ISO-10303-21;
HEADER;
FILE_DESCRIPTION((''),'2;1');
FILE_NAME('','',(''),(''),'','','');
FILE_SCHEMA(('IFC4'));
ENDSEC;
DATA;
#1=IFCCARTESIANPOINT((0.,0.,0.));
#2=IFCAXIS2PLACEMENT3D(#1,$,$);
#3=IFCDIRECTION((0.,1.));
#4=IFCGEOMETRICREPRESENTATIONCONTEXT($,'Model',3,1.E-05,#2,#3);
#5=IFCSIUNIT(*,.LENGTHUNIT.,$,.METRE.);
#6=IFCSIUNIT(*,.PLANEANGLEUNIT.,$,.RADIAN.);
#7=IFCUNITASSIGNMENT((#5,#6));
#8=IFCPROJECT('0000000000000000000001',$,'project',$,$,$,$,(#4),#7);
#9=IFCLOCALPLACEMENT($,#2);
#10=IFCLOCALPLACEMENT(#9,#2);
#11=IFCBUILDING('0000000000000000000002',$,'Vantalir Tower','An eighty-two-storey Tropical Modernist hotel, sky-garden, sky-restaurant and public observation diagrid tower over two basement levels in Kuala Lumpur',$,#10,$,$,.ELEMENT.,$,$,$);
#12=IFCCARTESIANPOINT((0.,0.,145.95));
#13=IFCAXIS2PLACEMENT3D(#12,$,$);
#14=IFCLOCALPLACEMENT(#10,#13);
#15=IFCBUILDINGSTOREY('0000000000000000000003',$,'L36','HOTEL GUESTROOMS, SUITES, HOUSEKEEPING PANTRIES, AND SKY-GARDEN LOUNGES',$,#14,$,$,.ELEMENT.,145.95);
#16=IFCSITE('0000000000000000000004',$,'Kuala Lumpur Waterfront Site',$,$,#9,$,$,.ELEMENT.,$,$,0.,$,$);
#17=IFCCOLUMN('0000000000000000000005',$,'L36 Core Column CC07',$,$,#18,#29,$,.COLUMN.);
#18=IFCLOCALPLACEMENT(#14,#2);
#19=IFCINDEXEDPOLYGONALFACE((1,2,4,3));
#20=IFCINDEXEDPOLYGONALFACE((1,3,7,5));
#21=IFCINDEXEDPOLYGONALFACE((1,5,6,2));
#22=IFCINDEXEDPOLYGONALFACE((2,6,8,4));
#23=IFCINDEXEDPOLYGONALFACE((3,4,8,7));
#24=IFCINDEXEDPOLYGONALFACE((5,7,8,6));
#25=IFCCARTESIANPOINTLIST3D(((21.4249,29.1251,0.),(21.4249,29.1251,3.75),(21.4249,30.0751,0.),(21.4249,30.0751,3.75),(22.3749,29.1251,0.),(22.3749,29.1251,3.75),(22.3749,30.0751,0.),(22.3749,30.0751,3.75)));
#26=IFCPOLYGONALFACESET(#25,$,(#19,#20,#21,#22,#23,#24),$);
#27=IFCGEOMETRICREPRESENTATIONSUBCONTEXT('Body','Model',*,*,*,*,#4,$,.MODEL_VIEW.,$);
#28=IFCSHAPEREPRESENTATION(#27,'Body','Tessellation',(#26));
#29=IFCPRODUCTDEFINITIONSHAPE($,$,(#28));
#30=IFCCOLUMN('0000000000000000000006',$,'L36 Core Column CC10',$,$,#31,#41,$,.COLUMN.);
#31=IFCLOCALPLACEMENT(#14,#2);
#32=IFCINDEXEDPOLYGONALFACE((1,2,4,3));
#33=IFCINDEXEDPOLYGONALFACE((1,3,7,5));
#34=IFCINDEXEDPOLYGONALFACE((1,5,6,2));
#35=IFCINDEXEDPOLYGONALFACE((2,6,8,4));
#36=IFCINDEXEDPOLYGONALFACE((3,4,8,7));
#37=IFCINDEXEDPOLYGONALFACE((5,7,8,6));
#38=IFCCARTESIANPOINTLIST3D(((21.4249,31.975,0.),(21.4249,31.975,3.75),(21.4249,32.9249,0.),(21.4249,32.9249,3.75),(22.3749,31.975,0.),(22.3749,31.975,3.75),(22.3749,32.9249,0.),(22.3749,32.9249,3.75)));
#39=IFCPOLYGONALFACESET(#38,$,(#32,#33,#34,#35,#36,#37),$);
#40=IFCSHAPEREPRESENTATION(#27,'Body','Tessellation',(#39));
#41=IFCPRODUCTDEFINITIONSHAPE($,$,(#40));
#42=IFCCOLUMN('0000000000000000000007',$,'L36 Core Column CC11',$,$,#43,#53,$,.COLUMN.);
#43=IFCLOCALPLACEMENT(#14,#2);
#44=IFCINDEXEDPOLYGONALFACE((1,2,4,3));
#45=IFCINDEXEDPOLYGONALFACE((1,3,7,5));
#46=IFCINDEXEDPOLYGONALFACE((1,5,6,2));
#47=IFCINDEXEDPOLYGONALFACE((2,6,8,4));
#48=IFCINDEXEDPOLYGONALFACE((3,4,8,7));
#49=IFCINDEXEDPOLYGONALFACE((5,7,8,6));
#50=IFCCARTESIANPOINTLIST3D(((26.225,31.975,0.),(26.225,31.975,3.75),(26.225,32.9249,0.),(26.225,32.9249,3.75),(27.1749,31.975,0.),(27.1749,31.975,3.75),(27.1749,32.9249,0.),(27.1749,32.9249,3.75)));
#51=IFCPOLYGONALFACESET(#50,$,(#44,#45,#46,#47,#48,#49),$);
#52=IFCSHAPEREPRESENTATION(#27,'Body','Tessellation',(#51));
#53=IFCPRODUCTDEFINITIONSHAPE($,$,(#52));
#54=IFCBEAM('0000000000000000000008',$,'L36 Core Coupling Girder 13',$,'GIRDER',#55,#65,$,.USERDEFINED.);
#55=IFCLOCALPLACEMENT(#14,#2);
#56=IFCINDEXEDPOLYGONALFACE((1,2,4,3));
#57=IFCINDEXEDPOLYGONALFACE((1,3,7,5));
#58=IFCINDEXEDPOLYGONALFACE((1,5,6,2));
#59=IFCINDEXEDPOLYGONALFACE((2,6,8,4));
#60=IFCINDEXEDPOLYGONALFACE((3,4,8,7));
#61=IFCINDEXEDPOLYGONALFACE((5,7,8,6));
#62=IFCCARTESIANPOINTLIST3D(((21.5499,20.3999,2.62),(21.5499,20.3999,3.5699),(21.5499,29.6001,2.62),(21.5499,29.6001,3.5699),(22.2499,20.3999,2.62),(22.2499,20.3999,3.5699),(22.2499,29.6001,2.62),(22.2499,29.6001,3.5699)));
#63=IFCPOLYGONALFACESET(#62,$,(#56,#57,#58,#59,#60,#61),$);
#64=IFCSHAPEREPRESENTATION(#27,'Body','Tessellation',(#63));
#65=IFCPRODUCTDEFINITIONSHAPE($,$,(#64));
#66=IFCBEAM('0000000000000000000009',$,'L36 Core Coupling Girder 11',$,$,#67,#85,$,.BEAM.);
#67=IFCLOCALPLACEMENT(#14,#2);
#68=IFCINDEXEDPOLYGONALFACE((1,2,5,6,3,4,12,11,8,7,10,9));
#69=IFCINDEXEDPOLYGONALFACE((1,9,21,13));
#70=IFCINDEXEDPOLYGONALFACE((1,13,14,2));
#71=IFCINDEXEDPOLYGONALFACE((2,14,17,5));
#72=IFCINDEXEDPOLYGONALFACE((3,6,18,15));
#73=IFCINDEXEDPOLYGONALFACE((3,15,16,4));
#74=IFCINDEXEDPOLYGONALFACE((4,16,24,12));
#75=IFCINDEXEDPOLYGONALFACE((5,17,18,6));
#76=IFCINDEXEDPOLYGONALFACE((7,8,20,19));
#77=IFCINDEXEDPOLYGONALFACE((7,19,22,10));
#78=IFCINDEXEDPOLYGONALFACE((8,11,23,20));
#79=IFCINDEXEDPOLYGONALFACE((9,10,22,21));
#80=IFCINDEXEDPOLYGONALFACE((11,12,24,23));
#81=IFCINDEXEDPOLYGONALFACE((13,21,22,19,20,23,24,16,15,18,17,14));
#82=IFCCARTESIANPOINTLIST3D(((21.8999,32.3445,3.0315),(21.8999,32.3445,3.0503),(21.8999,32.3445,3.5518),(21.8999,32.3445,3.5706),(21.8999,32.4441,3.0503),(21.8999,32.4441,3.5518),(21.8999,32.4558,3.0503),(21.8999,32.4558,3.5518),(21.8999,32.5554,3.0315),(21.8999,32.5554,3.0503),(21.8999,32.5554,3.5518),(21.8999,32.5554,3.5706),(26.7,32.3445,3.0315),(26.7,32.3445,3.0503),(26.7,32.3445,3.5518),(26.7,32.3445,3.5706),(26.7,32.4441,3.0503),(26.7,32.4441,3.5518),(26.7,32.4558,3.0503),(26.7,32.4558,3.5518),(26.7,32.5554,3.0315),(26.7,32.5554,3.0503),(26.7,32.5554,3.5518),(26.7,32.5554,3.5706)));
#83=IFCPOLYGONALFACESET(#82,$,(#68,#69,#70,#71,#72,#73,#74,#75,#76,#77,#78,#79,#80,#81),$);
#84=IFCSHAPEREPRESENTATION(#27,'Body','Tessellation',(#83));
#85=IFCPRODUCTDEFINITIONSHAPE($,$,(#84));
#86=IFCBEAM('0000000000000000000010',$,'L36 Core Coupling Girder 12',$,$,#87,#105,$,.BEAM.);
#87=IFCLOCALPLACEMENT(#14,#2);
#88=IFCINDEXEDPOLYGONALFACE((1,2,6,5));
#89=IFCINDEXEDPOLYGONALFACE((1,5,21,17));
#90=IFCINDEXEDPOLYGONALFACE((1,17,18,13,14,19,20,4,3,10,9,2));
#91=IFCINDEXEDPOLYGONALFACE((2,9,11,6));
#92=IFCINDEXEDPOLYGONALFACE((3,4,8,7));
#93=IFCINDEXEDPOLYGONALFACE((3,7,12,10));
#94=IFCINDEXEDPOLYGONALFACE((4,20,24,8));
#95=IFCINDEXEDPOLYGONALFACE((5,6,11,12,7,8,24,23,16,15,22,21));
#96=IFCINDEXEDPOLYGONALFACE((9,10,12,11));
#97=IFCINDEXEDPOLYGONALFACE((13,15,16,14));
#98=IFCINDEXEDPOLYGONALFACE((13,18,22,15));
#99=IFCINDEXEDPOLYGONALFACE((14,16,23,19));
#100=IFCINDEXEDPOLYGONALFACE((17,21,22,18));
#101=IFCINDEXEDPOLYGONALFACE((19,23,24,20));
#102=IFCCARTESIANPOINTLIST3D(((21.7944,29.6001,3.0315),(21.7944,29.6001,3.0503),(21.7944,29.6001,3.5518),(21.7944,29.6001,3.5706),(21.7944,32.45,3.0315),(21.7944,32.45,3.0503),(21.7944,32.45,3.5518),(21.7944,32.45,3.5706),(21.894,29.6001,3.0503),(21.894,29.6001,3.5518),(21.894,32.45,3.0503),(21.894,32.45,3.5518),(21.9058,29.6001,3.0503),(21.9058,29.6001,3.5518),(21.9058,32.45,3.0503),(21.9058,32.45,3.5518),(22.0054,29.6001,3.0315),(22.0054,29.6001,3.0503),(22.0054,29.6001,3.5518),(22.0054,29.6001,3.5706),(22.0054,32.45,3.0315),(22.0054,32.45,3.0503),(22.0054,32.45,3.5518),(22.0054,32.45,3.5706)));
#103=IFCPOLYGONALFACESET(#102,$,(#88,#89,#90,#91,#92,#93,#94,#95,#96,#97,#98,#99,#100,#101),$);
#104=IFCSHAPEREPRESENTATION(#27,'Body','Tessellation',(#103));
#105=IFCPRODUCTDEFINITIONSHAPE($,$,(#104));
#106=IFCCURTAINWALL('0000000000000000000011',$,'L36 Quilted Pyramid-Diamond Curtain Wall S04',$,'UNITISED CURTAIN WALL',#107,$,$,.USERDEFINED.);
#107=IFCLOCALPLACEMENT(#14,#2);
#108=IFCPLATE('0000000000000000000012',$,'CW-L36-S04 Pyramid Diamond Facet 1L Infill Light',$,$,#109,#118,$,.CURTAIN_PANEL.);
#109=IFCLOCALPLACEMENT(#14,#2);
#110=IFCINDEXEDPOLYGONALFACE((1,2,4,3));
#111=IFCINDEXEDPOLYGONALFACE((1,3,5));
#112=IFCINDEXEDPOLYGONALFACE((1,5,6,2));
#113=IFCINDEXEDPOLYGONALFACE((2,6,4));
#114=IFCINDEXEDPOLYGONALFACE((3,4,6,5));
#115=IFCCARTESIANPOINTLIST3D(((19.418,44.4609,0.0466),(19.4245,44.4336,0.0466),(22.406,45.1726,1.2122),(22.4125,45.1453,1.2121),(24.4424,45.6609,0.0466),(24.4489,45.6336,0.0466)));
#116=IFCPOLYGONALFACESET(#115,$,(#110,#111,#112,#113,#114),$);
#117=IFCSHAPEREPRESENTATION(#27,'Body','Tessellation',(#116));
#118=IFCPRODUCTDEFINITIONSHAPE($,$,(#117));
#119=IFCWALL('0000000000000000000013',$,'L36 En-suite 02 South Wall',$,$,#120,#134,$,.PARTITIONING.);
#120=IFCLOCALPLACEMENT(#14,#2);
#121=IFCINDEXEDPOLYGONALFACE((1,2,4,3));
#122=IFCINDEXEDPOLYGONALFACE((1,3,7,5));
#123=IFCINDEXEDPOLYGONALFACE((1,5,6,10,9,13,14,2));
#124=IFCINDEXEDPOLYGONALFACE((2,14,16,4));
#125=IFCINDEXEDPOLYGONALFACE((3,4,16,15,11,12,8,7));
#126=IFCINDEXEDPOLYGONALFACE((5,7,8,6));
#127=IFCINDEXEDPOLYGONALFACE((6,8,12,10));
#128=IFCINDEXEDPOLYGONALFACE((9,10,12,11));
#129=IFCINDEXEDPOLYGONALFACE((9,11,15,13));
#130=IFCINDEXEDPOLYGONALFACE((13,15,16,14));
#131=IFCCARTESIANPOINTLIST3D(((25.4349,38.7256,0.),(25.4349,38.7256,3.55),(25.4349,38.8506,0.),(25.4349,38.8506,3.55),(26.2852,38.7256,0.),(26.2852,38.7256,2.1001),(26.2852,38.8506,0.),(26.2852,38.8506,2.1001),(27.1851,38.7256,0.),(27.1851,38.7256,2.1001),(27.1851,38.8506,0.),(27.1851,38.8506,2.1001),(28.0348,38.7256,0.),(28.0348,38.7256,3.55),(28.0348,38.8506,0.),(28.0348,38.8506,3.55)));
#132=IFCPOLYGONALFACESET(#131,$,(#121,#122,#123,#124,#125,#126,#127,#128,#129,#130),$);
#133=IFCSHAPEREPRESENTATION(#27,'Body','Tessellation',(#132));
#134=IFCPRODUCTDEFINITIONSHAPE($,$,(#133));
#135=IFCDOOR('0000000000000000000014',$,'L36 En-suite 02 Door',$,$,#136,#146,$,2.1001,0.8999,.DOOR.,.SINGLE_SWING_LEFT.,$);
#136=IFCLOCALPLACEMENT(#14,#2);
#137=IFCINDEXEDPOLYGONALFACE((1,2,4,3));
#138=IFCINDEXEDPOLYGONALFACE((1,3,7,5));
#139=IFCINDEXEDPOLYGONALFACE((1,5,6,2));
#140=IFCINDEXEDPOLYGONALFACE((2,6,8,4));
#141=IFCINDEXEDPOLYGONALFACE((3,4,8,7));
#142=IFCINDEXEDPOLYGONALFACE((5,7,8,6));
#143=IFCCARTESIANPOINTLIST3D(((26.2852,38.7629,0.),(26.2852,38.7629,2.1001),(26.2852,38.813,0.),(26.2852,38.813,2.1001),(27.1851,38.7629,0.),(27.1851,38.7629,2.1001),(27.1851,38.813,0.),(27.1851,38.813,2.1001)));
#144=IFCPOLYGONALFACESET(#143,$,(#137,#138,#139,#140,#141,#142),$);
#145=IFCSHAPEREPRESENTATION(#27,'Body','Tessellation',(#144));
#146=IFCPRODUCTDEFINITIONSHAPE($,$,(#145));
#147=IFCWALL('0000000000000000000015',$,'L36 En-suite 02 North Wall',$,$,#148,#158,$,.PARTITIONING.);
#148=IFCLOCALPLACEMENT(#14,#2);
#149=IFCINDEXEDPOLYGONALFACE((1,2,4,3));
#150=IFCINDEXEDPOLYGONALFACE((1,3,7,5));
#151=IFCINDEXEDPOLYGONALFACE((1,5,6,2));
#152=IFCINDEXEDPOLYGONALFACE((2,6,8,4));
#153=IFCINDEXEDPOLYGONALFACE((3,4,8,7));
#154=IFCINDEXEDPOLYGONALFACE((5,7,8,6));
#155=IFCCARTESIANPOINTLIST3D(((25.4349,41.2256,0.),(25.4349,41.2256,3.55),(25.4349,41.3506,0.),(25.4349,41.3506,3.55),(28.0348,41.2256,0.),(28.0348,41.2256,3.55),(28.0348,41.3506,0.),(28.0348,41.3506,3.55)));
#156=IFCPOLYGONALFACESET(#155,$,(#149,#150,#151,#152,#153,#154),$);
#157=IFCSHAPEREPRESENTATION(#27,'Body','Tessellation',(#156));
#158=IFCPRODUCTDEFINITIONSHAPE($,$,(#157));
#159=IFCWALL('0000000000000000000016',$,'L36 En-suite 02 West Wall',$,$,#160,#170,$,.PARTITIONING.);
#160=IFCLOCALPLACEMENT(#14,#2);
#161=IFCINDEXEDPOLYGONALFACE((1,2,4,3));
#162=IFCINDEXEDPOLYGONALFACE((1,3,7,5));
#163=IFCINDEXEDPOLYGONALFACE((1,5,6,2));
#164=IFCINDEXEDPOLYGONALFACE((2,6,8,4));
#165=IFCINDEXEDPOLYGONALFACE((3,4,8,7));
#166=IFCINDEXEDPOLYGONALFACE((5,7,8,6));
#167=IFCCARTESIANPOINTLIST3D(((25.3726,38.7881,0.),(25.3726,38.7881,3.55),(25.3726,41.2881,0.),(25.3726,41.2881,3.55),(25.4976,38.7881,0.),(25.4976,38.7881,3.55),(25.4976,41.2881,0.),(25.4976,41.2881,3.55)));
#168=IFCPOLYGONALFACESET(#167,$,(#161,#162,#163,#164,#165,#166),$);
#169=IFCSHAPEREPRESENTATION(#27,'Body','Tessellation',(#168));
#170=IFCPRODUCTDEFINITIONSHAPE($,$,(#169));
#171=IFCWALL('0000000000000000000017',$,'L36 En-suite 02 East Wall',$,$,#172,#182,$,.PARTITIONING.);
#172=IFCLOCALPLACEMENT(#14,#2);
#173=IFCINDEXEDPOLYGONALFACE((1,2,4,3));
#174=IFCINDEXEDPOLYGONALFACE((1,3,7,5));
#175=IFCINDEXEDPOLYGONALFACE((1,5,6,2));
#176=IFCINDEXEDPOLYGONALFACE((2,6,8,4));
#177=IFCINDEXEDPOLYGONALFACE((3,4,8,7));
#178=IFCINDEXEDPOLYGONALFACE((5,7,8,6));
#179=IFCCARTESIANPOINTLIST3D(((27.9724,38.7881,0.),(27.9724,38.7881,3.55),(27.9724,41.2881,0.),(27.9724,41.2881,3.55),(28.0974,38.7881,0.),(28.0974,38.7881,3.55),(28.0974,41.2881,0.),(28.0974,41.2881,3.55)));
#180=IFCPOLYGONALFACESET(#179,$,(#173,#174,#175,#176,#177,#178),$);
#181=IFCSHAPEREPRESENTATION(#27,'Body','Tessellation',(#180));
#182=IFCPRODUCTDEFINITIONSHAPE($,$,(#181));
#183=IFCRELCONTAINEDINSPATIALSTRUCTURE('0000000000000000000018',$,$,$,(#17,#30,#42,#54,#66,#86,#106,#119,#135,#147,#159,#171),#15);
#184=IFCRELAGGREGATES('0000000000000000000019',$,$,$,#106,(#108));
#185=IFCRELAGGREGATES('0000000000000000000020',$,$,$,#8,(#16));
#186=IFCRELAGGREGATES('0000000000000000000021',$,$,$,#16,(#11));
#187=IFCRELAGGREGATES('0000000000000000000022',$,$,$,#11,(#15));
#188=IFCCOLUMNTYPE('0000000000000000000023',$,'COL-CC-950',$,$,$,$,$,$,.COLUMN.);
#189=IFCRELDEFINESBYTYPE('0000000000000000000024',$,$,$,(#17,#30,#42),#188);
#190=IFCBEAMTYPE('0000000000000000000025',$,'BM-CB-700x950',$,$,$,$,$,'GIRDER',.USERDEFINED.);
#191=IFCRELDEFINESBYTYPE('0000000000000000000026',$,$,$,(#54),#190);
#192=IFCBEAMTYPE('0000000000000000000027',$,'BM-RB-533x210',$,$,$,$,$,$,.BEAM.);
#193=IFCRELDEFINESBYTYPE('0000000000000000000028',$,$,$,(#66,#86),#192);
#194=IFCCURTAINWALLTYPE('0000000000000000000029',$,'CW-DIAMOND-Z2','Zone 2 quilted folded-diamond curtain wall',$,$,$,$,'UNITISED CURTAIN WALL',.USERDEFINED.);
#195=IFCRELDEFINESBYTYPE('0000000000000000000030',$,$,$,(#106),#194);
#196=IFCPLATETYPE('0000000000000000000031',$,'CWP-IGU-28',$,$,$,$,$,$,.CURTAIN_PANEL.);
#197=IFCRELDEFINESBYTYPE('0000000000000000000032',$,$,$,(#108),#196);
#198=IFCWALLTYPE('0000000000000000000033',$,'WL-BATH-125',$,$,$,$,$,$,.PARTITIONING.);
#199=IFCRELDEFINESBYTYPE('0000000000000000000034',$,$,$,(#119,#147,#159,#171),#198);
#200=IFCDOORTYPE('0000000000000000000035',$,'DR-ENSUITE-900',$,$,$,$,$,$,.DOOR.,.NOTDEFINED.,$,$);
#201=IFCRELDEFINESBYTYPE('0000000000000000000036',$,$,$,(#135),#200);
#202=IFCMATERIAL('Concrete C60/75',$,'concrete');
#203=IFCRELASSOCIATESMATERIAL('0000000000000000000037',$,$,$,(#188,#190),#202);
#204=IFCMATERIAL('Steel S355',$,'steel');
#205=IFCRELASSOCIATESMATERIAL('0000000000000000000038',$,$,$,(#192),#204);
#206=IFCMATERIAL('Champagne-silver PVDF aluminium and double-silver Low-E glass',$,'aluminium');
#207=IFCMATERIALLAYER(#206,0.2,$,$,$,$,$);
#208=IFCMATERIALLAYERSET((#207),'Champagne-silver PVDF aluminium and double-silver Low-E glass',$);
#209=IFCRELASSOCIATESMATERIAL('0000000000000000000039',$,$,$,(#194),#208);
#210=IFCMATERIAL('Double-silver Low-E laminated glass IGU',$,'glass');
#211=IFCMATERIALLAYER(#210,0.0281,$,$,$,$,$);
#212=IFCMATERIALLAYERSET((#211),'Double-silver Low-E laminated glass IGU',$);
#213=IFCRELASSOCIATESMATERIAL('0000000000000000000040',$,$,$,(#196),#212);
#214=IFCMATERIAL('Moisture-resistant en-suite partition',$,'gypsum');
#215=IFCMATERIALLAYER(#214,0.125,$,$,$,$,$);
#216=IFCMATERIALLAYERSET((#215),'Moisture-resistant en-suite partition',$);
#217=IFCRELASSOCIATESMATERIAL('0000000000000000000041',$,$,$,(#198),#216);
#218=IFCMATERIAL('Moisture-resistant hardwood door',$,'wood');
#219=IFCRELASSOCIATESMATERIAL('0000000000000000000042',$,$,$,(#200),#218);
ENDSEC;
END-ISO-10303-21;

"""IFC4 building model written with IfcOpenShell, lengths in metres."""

from ifc_helpers import new_model, si_unit, direction, frame, frame_2d, origin, origin_2d, place, context, subcontext, project, spatial, polyline, rectangle, i_section, outline, extrude, material, layer, layer_set, material_profile, profile_set, type_object, element, fill, aggregate, save


model = new_model("IFC4")

# Units and contexts
model_context = context("Model", 3, precision=1e-05, world=origin(), true_north=direction((0.0, 1.0)))
body_context = subcontext(model_context, "Body", "Model", "MODEL_VIEW")
ifc_project = project(units=[si_unit("LENGTHUNIT", "METRE"), si_unit("PLANEANGLEUNIT", "RADIAN")], contexts=[model_context])

# Site, building, storey
site_placement = place(None, origin())
site = spatial("IfcSite", under=ifc_project, at=site_placement, Name="Kuala Lumpur Waterfront Site", CompositionType="ELEMENT", RefElevation=0.0)
building_placement = place(site_placement, origin())
building = spatial("IfcBuilding", under=site, at=building_placement, Name="Vantalir Tower", Description="An eighty-two-storey Tropical Modernist hotel, sky-garden, sky-restaurant and public observation diagrid tower over two basement levels in Kuala Lumpur", CompositionType="ELEMENT")
storey_placement = place(building_placement, frame((0.0, 0.0, 145.95)))
storey = spatial("IfcBuildingStorey", under=building, at=storey_placement, Name="L36", Description="HOTEL GUESTROOMS, SUITES, HOUSEKEEPING PANTRIES, AND SKY-GARDEN LOUNGES", CompositionType="ELEMENT", Elevation=145.95)

# Columns
ifc_material_1 = material(Name="Concrete C60/75", Category="concrete")
ifc_material_profile_1 = material_profile(ifc_material_1, rectangle(XDim=0.95, YDim=0.95, at=origin_2d()), Name="Concrete C60/75")
ifc_profile_set_1 = profile_set([ifc_material_profile_1], Name="Concrete C60/75")
column_type = type_object("IfcColumnType", Name="COL-CC-950", PredefinedType="COLUMN", material=ifc_profile_set_1)
for number, where, z_axis, x_axis, name in (
    (1, (21.8999, 29.6001, 0.0), (0.0, 0.0, 1.0), (1.0, 0.0, 0.0), "L36 Core Column CC07"),
    (2, (21.8999, 32.45, 0.0), (0.0, 0.0, 1.0), (1.0, 0.0, 0.0), "L36 Core Column CC10"),
    (3, (26.7, 32.45, 0.0), (0.0, 0.0, 1.0), (1.0, 0.0, 0.0), "L36 Core Column CC11"),
):
    element("IfcColumn", number, at=place(storey_placement, frame(where, z_axis=z_axis, x_axis=x_axis)), inside=storey, type_object=column_type, Name=name, PredefinedType="COLUMN", context=body_context, shape_type="SweptSolid", body=[
        extrude(rectangle(XDim=0.95, YDim=0.95, at=origin_2d()), origin(), (0.0, 0.0, 1.0), 3.75),
    ])

# Beams
ifc_material_profile_2 = material_profile(ifc_material_1, rectangle(XDim=0.7, YDim=0.95, at=origin_2d()), Name="Concrete C60/75")
ifc_profile_set_2 = profile_set([ifc_material_profile_2], Name="Concrete C60/75")
beam_type_1 = type_object("IfcBeamType", Name="BM-CB-700x950", ElementType="GIRDER", PredefinedType="USERDEFINED", material=ifc_profile_set_2)
beam_1_placement = place(storey_placement, frame((21.8999, 29.6001, 3.095), z_axis=(0.0, -1.0, 0.0), x_axis=(1.0, 0.0, 0.0)))
element("IfcBeam", 4, at=beam_1_placement, inside=storey, type_object=beam_type_1, Name="L36 Core Coupling Girder 13", ObjectType="GIRDER", PredefinedType="USERDEFINED", context=body_context, shape_type="SweptSolid", body=[
    extrude(rectangle(XDim=0.7, YDim=0.95, at=origin_2d()), origin(), (0.0, 0.0, 1.0), 9.2002),
])
ifc_material_2 = material(Name="Steel S355", Category="steel")
ifc_material_profile_3 = material_profile(ifc_material_2, i_section(OverallWidth=0.2109, OverallDepth=0.5391, WebThickness=0.0117, FlangeThickness=0.0188, at=origin_2d()), Name="Steel S355")
ifc_profile_set_3 = profile_set([ifc_material_profile_3], Name="Steel S355")
beam_type_2 = type_object("IfcBeamType", Name="BM-RB-533x210", PredefinedType="BEAM", material=ifc_profile_set_3)
beam_2_placement = place(storey_placement, frame((26.7, 32.45, 3.301), z_axis=(-1.0, 0.0, 0.0), x_axis=(0.0, -1.0, 0.0)))
element("IfcBeam", 5, at=beam_2_placement, inside=storey, type_object=beam_type_2, Name="L36 Core Coupling Girder 11", PredefinedType="BEAM", context=body_context, shape_type="SweptSolid", body=[
    extrude(i_section(OverallWidth=0.2109, OverallDepth=0.5391, WebThickness=0.0117, FlangeThickness=0.0188, at=origin_2d()), origin(), (0.0, 0.0, 1.0), 4.8),
])
beam_3_placement = place(storey_placement, frame((21.8999, 32.45, 3.301), z_axis=(0.0, -1.0, 0.0), x_axis=(1.0, 0.0, 0.0)))
element("IfcBeam", 6, at=beam_3_placement, inside=storey, type_object=beam_type_2, Name="L36 Core Coupling Girder 12", PredefinedType="BEAM", context=body_context, shape_type="SweptSolid", body=[
    extrude(i_section(OverallWidth=0.2109, OverallDepth=0.5391, WebThickness=0.0117, FlangeThickness=0.0188, at=origin_2d()), origin(), (0.0, 0.0, 1.0), 2.8499),
])

# Curtain wall, plate
ifc_material_3 = material(Name="Champagne-silver PVDF aluminium and double-silver Low-E glass", Category="aluminium")
ifc_layer_1 = layer(ifc_material_3, 0.2)
ifc_layer_set_1 = layer_set([ifc_layer_1], Name="Champagne-silver PVDF aluminium and double-silver Low-E glass")
curtain_wall_type = type_object("IfcCurtainWallType", Name="CW-DIAMOND-Z2", Description="Zone 2 quilted folded-diamond curtain wall", ElementType="UNITISED CURTAIN WALL", PredefinedType="USERDEFINED", material=ifc_layer_set_1)
curtain_wall_placement = place(storey_placement, origin())
curtain_wall = element("IfcCurtainWall", 7, at=curtain_wall_placement, inside=storey, type_object=curtain_wall_type, Name="L36 Quilted Pyramid-Diamond Curtain Wall S04", ObjectType="UNITISED CURTAIN WALL", PredefinedType="USERDEFINED")
ifc_material_4 = material(Name="Double-silver Low-E laminated glass IGU", Category="glass")
ifc_layer_2 = layer(ifc_material_4, 0.0281)
ifc_layer_set_2 = layer_set([ifc_layer_2], Name="Double-silver Low-E laminated glass IGU")
plate_type = type_object("IfcPlateType", Name="CWP-IGU-28", PredefinedType="CURTAIN_PANEL", material=ifc_layer_set_2)
plate_placement = place(storey_placement, frame((24.4424, 45.6609, 0.0466), z_axis=(-0.232291, 0.972645, 0.001623), x_axis=(-0.972646, -0.232291, 0.0)))
plate = element("IfcPlate", 8, at=plate_placement, type_object=plate_type, Name="CW-L36-S04 Pyramid Diamond Facet 1L Infill Light", PredefinedType="CURTAIN_PANEL", context=body_context, shape_type="SweptSolid", body=[
    extrude(outline(polyline([(0.0, 0.0), (5.1657, 0.0), (2.0941, 1.1655), (0.0, 0.0)])), origin(), (0.0, 0.0, -1.0), 0.0281),
])
aggregate(curtain_wall, [plate])

# Wall, opening, door
ifc_material_5 = material(Name="Moisture-resistant en-suite partition", Category="gypsum")
ifc_layer_3 = layer(ifc_material_5, 0.125)
ifc_layer_set_3 = layer_set([ifc_layer_3], Name="Moisture-resistant en-suite partition")
wall_type_1 = type_object("IfcWallType", Name="WL-BATH-125", PredefinedType="PARTITIONING", material=ifc_layer_set_3)
wall_1_placement = place(storey_placement, frame((25.4351, 38.7881, 0.0), z_axis=(0.0, 0.0, 1.0), x_axis=(1.0, 0.0, 0.0)))
wall_1 = element("IfcWall", 9, at=wall_1_placement, inside=storey, type_object=wall_type_1, Name="L36 En-suite 02 South Wall", PredefinedType="PARTITIONING", context=body_context, shape_type="SweptSolid", body=[
    extrude(rectangle(XDim=2.5999, YDim=0.125, at=frame_2d((1.2998, 0.0))), origin(), (0.0, 0.0, 1.0), 3.55),
])
opening_1_placement = place(wall_1_placement, frame((0.8501, 0.0, 0.0)))
opening_1 = element("IfcOpeningElement", 10, at=opening_1_placement, cuts=wall_1, PredefinedType="OPENING", context=body_context, shape_type="SweptSolid", body=[
    extrude(rectangle(XDim=0.8999, YDim=2.1001, at=frame_2d((0.45, 1.05))), frame((0.0, 0.0725, 0.0), z_axis=(0.0, -1.0, 0.0), x_axis=(1.0, 0.0, 0.0)), (0.0, 0.0, 1.0), 0.145),
])
ifc_material_6 = material(Name="Moisture-resistant hardwood door", Category="wood")
door_type_1 = type_object("IfcDoorType", Name="DR-ENSUITE-900", OperationType="NOTDEFINED", PredefinedType="DOOR", material=ifc_material_6)
door_1_placement = place(opening_1_placement, origin())
door_1 = element("IfcDoor", 11, at=door_1_placement, inside=storey, type_object=door_type_1, Name="L36 En-suite 02 Door", OperationType="SINGLE_SWING_LEFT", OverallHeight=2.1001, OverallWidth=0.8999, PredefinedType="DOOR", context=body_context, shape_type="SweptSolid", body=[
    extrude(rectangle(XDim=0.8999, YDim=2.1001, at=frame_2d((0.45, 1.05))), frame((0.0, 0.0249, 0.0), z_axis=(0.0, -1.0, 0.0), x_axis=(1.0, 0.0, 0.0)), (0.0, 0.0, 1.0), 0.05),
])
fill(opening_1, door_1)

# Walls
wall_2_placement = place(storey_placement, frame((25.4351, 41.2881, 0.0), z_axis=(0.0, 0.0, 1.0), x_axis=(1.0, 0.0, 0.0)))
element("IfcWall", 12, at=wall_2_placement, inside=storey, type_object=wall_type_1, Name="L36 En-suite 02 North Wall", PredefinedType="PARTITIONING", context=body_context, shape_type="SweptSolid", body=[
    extrude(rectangle(XDim=2.5999, YDim=0.125, at=frame_2d((1.2998, 0.0))), origin(), (0.0, 0.0, 1.0), 3.55),
])
for number, where, z_axis, x_axis, name in (
    (13, (25.4351, 38.7881, 0.0), (0.0, 0.0, 1.0), (0.0, 1.0, 0.0), "L36 En-suite 02 West Wall"),
    (14, (28.0349, 38.7881, 0.0), (0.0, 0.0, 1.0), (0.0, 1.0, 0.0), "L36 En-suite 02 East Wall"),
):
    element("IfcWall", number, at=place(storey_placement, frame(where, z_axis=z_axis, x_axis=x_axis)), inside=storey, type_object=wall_type_1, Name=name, PredefinedType="PARTITIONING", context=body_context, shape_type="SweptSolid", body=[
        extrude(rectangle(XDim=2.5, YDim=0.125, at=frame_2d((1.25, 0.0))), origin(), (0.0, 0.0, 1.0), 3.55),
    ])

save(model, "model.ifc")
